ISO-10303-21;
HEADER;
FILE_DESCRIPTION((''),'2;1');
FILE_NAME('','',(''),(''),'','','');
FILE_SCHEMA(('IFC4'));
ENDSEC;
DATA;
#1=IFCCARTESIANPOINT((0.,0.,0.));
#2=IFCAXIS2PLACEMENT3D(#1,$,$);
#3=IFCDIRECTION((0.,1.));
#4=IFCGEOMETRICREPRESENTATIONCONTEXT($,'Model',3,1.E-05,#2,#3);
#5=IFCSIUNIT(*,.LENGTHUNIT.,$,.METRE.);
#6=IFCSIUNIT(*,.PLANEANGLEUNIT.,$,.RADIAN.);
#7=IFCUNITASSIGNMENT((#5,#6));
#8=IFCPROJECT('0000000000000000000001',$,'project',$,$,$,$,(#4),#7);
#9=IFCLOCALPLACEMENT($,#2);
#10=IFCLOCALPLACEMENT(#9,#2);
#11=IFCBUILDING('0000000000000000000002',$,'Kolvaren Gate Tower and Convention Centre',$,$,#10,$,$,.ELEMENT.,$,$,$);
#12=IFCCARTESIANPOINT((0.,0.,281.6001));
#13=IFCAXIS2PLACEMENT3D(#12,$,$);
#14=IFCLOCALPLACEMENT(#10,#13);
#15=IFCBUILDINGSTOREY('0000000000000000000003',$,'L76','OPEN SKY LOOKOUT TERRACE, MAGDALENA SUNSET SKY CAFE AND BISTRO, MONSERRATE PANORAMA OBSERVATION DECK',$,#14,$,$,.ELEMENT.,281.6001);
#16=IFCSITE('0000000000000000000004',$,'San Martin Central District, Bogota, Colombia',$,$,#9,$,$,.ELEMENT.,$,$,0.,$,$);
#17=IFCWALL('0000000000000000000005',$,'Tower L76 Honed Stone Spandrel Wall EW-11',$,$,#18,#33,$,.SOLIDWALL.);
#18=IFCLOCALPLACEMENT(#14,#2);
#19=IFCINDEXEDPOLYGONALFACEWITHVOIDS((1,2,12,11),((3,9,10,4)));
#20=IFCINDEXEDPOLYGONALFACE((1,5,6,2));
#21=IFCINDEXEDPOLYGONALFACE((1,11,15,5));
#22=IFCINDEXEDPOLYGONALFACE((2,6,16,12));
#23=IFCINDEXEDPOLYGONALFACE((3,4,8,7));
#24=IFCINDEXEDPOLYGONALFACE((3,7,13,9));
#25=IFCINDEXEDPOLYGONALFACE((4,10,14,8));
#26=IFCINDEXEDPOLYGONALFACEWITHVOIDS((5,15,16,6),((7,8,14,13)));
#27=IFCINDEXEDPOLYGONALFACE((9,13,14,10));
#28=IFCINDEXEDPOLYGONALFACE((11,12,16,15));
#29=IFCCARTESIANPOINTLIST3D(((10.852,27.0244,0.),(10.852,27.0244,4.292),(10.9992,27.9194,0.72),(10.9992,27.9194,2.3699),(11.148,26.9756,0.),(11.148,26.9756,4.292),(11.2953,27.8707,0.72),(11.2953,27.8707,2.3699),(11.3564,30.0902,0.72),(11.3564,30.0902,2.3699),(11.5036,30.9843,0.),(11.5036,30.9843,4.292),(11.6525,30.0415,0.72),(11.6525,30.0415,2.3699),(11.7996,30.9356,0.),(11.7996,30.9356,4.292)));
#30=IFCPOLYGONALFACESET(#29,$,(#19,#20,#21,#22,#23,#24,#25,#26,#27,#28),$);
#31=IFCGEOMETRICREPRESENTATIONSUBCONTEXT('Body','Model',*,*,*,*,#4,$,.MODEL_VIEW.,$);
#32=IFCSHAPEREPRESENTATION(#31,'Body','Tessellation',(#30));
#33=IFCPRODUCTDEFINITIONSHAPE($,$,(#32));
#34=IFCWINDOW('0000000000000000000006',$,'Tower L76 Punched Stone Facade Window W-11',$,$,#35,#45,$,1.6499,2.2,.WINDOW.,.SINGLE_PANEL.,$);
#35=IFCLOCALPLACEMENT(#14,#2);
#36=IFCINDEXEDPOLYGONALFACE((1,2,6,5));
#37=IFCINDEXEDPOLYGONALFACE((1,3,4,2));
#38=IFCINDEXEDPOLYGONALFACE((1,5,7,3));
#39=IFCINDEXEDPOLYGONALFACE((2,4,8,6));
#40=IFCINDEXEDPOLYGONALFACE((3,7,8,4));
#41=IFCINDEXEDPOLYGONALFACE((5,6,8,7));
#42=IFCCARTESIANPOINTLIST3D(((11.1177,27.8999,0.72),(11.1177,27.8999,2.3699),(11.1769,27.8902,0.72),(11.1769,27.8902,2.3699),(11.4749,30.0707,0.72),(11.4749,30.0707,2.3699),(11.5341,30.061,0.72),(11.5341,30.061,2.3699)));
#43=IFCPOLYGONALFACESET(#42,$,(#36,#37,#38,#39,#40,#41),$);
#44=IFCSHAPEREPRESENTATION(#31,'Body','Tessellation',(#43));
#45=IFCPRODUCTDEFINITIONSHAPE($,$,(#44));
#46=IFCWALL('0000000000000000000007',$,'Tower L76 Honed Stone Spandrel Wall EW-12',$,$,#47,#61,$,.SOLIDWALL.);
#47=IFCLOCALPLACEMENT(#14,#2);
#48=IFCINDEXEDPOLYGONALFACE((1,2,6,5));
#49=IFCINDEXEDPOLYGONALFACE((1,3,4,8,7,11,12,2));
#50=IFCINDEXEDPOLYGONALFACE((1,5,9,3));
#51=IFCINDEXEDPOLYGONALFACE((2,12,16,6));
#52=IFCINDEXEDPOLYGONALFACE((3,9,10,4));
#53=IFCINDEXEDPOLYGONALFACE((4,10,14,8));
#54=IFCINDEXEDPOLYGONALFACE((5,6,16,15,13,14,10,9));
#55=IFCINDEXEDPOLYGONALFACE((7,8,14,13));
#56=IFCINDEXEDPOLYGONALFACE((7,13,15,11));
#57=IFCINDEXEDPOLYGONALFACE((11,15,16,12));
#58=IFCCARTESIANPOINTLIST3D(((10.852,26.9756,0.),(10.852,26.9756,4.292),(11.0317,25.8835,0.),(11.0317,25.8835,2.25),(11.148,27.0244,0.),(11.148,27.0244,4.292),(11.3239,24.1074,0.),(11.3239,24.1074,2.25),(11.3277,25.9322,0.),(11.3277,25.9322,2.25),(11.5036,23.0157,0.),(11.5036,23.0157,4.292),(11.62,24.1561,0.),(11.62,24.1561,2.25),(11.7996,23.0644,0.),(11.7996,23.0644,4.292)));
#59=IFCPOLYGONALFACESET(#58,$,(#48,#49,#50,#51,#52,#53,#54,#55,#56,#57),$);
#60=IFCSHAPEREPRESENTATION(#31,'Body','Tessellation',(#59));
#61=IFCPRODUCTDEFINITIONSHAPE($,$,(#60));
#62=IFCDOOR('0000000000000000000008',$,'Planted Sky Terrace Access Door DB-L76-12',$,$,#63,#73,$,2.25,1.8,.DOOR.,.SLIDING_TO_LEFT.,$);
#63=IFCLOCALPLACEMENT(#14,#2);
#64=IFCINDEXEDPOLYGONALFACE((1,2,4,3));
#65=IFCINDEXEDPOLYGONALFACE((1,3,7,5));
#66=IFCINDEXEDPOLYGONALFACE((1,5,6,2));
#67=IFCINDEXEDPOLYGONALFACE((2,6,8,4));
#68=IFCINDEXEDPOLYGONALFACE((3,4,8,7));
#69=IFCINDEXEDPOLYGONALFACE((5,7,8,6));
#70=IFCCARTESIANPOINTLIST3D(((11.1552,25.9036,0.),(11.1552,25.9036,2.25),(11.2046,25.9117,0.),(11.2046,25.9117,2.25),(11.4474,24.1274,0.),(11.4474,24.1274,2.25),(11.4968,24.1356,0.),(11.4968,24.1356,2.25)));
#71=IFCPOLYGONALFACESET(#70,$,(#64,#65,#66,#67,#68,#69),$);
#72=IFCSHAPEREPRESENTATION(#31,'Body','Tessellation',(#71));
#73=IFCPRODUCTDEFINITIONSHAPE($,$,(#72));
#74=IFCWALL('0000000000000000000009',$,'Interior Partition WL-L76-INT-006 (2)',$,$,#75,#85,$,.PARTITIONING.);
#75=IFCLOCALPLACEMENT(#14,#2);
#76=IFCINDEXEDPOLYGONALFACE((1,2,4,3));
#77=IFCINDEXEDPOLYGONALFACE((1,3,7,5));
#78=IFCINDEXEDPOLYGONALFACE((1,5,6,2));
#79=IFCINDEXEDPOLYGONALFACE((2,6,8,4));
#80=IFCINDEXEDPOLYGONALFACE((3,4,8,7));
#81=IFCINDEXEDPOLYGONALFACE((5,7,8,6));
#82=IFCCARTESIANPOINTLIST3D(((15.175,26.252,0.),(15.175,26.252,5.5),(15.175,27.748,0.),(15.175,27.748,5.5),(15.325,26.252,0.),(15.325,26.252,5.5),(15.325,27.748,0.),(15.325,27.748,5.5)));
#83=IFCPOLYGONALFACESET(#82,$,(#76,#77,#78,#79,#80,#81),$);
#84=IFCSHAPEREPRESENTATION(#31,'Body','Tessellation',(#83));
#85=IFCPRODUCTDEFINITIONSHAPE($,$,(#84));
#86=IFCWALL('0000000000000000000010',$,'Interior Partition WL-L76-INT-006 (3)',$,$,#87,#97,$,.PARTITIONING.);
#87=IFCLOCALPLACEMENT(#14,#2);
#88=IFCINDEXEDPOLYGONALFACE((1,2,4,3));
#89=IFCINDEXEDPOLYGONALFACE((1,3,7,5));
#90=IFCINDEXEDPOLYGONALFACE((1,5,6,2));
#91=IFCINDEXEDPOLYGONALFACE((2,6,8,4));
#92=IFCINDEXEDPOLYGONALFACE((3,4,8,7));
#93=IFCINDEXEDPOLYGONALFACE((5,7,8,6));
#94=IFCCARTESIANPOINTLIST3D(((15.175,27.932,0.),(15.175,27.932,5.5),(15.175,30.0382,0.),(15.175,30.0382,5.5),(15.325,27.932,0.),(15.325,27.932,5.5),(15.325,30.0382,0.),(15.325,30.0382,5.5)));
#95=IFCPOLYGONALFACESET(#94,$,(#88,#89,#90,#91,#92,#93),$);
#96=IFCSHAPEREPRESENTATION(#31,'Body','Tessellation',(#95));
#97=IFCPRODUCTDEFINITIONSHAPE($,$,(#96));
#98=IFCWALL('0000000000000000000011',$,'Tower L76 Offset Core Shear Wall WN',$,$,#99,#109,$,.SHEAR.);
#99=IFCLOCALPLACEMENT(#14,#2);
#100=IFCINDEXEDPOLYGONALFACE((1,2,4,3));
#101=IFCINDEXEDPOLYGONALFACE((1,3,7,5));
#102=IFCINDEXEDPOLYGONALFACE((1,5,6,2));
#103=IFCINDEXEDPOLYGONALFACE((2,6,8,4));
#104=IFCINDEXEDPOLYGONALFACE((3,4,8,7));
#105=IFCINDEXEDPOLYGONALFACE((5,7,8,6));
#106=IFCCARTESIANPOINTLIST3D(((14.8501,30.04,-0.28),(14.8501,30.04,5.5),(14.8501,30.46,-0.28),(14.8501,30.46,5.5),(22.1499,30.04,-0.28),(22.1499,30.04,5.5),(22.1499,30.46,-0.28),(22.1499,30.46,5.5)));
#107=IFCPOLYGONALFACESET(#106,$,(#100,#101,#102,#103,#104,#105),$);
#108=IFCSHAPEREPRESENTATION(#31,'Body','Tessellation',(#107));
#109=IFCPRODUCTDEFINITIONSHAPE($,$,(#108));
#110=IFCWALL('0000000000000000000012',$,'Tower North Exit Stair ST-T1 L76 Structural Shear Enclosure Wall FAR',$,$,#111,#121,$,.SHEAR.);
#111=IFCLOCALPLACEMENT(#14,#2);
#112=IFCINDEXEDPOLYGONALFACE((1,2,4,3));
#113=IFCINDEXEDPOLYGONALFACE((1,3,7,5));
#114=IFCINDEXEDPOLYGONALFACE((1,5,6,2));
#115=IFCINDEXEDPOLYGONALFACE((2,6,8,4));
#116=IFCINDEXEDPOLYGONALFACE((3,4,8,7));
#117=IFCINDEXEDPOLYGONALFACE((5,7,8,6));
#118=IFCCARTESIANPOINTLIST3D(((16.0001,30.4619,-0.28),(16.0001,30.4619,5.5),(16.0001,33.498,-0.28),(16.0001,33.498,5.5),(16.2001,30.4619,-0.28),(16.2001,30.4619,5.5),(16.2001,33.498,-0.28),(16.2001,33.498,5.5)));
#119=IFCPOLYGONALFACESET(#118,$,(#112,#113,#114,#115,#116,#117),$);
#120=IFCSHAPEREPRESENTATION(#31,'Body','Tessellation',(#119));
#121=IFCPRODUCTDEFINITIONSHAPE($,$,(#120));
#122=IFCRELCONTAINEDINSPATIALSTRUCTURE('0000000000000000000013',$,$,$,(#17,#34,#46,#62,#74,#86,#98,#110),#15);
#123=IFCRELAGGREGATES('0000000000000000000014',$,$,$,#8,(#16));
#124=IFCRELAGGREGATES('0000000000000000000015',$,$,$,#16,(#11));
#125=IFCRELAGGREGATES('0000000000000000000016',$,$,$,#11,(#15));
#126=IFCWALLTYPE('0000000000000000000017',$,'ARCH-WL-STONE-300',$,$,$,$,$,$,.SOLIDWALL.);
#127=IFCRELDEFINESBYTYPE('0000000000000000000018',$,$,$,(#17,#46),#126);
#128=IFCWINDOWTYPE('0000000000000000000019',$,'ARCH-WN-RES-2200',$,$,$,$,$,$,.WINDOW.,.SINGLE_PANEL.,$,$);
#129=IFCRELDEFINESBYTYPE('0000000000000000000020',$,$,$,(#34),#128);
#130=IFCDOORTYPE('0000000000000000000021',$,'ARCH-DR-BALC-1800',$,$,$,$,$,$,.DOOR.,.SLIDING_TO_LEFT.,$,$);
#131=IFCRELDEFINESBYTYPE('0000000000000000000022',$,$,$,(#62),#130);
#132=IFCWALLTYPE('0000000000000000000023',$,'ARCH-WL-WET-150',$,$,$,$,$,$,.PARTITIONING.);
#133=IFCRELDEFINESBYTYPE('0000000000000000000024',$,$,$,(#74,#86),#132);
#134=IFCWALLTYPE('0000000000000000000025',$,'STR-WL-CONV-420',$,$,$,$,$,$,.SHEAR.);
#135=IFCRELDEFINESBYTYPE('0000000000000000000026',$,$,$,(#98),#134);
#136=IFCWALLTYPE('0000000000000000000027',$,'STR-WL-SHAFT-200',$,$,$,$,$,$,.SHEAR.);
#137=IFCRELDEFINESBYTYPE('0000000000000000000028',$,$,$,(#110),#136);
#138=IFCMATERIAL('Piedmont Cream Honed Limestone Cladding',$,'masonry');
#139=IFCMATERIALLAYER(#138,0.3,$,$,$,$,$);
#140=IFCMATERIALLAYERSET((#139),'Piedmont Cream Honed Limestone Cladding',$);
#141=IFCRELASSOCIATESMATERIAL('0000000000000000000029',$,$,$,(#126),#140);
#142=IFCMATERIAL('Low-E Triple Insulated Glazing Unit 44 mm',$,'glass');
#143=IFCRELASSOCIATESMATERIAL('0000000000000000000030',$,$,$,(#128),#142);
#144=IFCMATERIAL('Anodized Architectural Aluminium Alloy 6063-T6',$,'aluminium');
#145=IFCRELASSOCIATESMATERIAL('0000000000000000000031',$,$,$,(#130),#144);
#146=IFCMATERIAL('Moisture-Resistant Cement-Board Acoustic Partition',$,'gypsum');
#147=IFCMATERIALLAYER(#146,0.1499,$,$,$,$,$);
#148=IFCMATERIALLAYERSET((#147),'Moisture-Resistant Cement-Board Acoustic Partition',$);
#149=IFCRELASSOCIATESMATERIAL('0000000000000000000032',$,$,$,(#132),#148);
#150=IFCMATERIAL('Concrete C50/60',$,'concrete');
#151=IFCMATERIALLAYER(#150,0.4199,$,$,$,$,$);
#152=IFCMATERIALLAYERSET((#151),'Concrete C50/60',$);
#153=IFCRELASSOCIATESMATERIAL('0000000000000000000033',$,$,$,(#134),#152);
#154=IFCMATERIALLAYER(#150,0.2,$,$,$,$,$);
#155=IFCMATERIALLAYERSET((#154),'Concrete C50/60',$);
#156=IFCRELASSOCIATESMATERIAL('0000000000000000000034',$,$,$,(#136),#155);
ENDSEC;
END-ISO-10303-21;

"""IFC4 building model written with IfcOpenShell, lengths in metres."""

from ifc_helpers import new_model, si_unit, direction, frame, frame_2d, origin, place, context, subcontext, project, spatial, rectangle, extrude, material, layer, layer_set, type_object, element, fill, save


model = new_model("IFC4")

# Units and contexts
model_context = context("Model", 3, precision=1e-05, world=origin(), true_north=direction((0.0, 1.0)))
body_context = subcontext(model_context, "Body", "Model", "MODEL_VIEW")
ifc_project = project(units=[si_unit("LENGTHUNIT", "METRE"), si_unit("PLANEANGLEUNIT", "RADIAN")], contexts=[model_context])

# Site, building, storey
site_placement = place(None, origin())
site = spatial("IfcSite", under=ifc_project, at=site_placement, Name="San Martin Central District, Bogota, Colombia", CompositionType="ELEMENT", RefElevation=0.0)
building_placement = place(site_placement, origin())
building = spatial("IfcBuilding", under=site, at=building_placement, Name="Kolvaren Gate Tower and Convention Centre", CompositionType="ELEMENT")
storey_placement = place(building_placement, frame((0.0, 0.0, 281.6001)))
storey = spatial("IfcBuildingStorey", under=building, at=storey_placement, Name="L76", Description="OPEN SKY LOOKOUT TERRACE, MAGDALENA SUNSET SKY CAFE AND BISTRO, MONSERRATE PANORAMA OBSERVATION DECK", CompositionType="ELEMENT", Elevation=281.6001)

# Shared definitions
ifc_material_1 = material(Name="Anodized Architectural Aluminium Alloy 6063-T6", Category="aluminium")

# Shared definitions
ifc_material_2 = material(Name="Piedmont Cream Honed Limestone Cladding", Category="masonry")

# Wall, opening, window
ifc_layer_1 = layer(ifc_material_2, 0.3)
ifc_layer_set_1 = layer_set([ifc_layer_1], Name="Piedmont Cream Honed Limestone Cladding")
wall_type_1 = type_object("IfcWallType", Name="ARCH-WL-STONE-300", PredefinedType="SOLIDWALL", material=ifc_layer_set_1)
wall_1_placement = place(storey_placement, frame((11.0, 27.0, 0.0), z_axis=(0.0, 0.0, 1.0), x_axis=(0.162366, 0.986731, 0.0)))
wall_1 = element("IfcWall", 1, at=wall_1_placement, inside=storey, type_object=wall_type_1, Name="Tower L76 Honed Stone Spandrel Wall EW-11", PredefinedType="SOLIDWALL", context=body_context, shape_type="SweptSolid", body=[
    extrude(rectangle(XDim=4.0132, YDim=0.3, at=frame_2d((2.0066, 0.0))), origin(), (0.0, 0.0, 1.0), 4.292),
])
opening_1_placement = place(wall_1_placement, frame((0.907, 0.0, 0.72)))
opening_1 = element("IfcOpeningElement", 2, at=opening_1_placement, cuts=wall_1, PredefinedType="OPENING", context=body_context, shape_type="SweptSolid", body=[
    extrude(rectangle(XDim=2.2, YDim=1.6499, at=frame_2d((1.1001, 0.825))), frame((0.0, 0.1599, 0.0), z_axis=(0.0, -1.0, 0.0), x_axis=(1.0, 0.0, 0.0)), (0.0, 0.0, 1.0), 0.3201),
])
ifc_material_3 = material(Name="Low-E Triple Insulated Glazing Unit 44 mm", Category="glass")
window_type = type_object("IfcWindowType", Name="ARCH-WN-RES-2200", PartitioningType="SINGLE_PANEL", PredefinedType="WINDOW", material=ifc_material_3)
window_placement = place(opening_1_placement, origin())
window = element("IfcWindow", 3, at=window_placement, inside=storey, type_object=window_type, Name="Tower L76 Punched Stone Facade Window W-11", OverallHeight=1.6499, OverallWidth=2.2, PartitioningType="SINGLE_PANEL", PredefinedType="WINDOW", context=body_context, shape_type="SweptSolid", body=[
    extrude(rectangle(XDim=2.2, YDim=1.6499, at=frame_2d((1.1001, 0.825))), frame((0.0, 0.03, 0.0), z_axis=(0.0, -1.0, 0.0), x_axis=(1.0, 0.0, 0.0)), (0.0, 0.0, 1.0), 0.0601),
])
fill(opening_1, window)

# Wall, opening, door
wall_2_placement = place(storey_placement, frame((11.0, 27.0, 0.0), z_axis=(0.0, 0.0, 1.0), x_axis=(0.162366, -0.986731, 0.0)))
wall_2 = element("IfcWall", 4, at=wall_2_placement, inside=storey, type_object=wall_type_1, Name="Tower L76 Honed Stone Spandrel Wall EW-12", PredefinedType="SOLIDWALL", context=body_context, shape_type="SweptSolid", body=[
    extrude(rectangle(XDim=4.0132, YDim=0.3, at=frame_2d((2.0066, 0.0))), origin(), (0.0, 0.0, 1.0), 4.292),
])
opening_2_placement = place(wall_2_placement, frame((1.1069, 0.0, 0.0)))
opening_2 = element("IfcOpeningElement", 5, at=opening_2_placement, cuts=wall_2, PredefinedType="OPENING", context=body_context, shape_type="SweptSolid", body=[
    extrude(rectangle(XDim=1.8, YDim=2.25, at=frame_2d((0.8999, 1.125))), frame((0.0, 0.1599, 0.0), z_axis=(0.0, -1.0, 0.0), x_axis=(1.0, 0.0, 0.0)), (0.0, 0.0, 1.0), 0.3201),
])
door_type_1 = type_object("IfcDoorType", Name="ARCH-DR-BALC-1800", OperationType="SLIDING_TO_LEFT", PredefinedType="DOOR", material=ifc_material_1)
door_1_placement = place(opening_2_placement, frame((1.8, 0.0, 0.0), z_axis=(0.0, 0.0, 1.0), x_axis=(-1.0, 0.0, 0.0)))
door_1 = element("IfcDoor", 6, at=door_1_placement, inside=storey, type_object=door_type_1, Name="Planted Sky Terrace Access Door DB-L76-12", OperationType="SLIDING_TO_LEFT", OverallHeight=2.25, OverallWidth=1.8, PredefinedType="DOOR", context=body_context, shape_type="SweptSolid", body=[
    extrude(rectangle(XDim=1.8, YDim=2.25, at=frame_2d((0.8999, 1.125))), frame((0.0, 0.0249, 0.0), z_axis=(0.0, -1.0, 0.0), x_axis=(1.0, 0.0, 0.0)), (0.0, 0.0, 1.0), 0.05),
])
fill(opening_2, door_1)

# Walls
ifc_material_4 = material(Name="Moisture-Resistant Cement-Board Acoustic Partition", Category="gypsum")
ifc_layer_2 = layer(ifc_material_4, 0.1499)
ifc_layer_set_2 = layer_set([ifc_layer_2], Name="Moisture-Resistant Cement-Board Acoustic Partition")
wall_type_2 = type_object("IfcWallType", Name="ARCH-WL-WET-150", PredefinedType="PARTITIONING", material=ifc_layer_set_2)
wall_3_placement = place(storey_placement, frame((15.25, 26.252, 0.0), z_axis=(0.0, 0.0, 1.0), x_axis=(0.0, 1.0, 0.0)))
element("IfcWall", 7, at=wall_3_placement, inside=storey, type_object=wall_type_2, Name="Interior Partition WL-L76-INT-006 (2)", PredefinedType="PARTITIONING", context=body_context, shape_type="SweptSolid", body=[
    extrude(rectangle(XDim=1.4961, YDim=0.1499, at=frame_2d((0.748, 0.0))), origin(), (0.0, 0.0, 1.0), 5.5),
])
wall_4_placement = place(storey_placement, frame((15.25, 27.9319, 0.0), z_axis=(0.0, 0.0, 1.0), x_axis=(0.0, 1.0, 0.0)))
element("IfcWall", 8, at=wall_4_placement, inside=storey, type_object=wall_type_2, Name="Interior Partition WL-L76-INT-006 (3)", PredefinedType="PARTITIONING", context=body_context, shape_type="SweptSolid", body=[
    extrude(rectangle(XDim=2.1062, YDim=0.1499, at=frame_2d((1.0532, 0.0))), origin(), (0.0, 0.0, 1.0), 5.5),
])
ifc_material_5 = material(Name="Concrete C50/60", Category="concrete")
ifc_layer_3 = layer(ifc_material_5, 0.4199)
ifc_layer_set_3 = layer_set([ifc_layer_3], Name="Concrete C50/60")
wall_type_3 = type_object("IfcWallType", Name="STR-WL-CONV-420", PredefinedType="SHEAR", material=ifc_layer_set_3)
wall_5_placement = place(storey_placement, frame((14.8501, 30.25, -0.28), z_axis=(0.0, 0.0, 1.0), x_axis=(1.0, 0.0, 0.0)))
element("IfcWall", 9, at=wall_5_placement, inside=storey, type_object=wall_type_3, Name="Tower L76 Offset Core Shear Wall WN", PredefinedType="SHEAR", context=body_context, shape_type="SweptSolid", body=[
    extrude(rectangle(XDim=7.2998, YDim=0.4199, at=frame_2d((3.6499, 0.0))), origin(), (0.0, 0.0, 1.0), 5.78),
])
ifc_layer_4 = layer(ifc_material_5, 0.2)
ifc_layer_set_4 = layer_set([ifc_layer_4], Name="Concrete C50/60")
wall_type_4 = type_object("IfcWallType", Name="STR-WL-SHAFT-200", PredefinedType="SHEAR", material=ifc_layer_set_4)
wall_6_placement = place(storey_placement, frame((16.1001, 30.4619, -0.28), z_axis=(0.0, 0.0, 1.0), x_axis=(0.0, 1.0, 0.0)))
element("IfcWall", 10, at=wall_6_placement, inside=storey, type_object=wall_type_4, Name="Tower North Exit Stair ST-T1 L76 Structural Shear Enclosure Wall FAR", PredefinedType="SHEAR", context=body_context, shape_type="SweptSolid", body=[
    extrude(rectangle(XDim=3.0361, YDim=0.2, at=frame_2d((1.5181, 0.0))), origin(), (0.0, 0.0, 1.0), 5.78),
])

save(model, "model.ifc")
